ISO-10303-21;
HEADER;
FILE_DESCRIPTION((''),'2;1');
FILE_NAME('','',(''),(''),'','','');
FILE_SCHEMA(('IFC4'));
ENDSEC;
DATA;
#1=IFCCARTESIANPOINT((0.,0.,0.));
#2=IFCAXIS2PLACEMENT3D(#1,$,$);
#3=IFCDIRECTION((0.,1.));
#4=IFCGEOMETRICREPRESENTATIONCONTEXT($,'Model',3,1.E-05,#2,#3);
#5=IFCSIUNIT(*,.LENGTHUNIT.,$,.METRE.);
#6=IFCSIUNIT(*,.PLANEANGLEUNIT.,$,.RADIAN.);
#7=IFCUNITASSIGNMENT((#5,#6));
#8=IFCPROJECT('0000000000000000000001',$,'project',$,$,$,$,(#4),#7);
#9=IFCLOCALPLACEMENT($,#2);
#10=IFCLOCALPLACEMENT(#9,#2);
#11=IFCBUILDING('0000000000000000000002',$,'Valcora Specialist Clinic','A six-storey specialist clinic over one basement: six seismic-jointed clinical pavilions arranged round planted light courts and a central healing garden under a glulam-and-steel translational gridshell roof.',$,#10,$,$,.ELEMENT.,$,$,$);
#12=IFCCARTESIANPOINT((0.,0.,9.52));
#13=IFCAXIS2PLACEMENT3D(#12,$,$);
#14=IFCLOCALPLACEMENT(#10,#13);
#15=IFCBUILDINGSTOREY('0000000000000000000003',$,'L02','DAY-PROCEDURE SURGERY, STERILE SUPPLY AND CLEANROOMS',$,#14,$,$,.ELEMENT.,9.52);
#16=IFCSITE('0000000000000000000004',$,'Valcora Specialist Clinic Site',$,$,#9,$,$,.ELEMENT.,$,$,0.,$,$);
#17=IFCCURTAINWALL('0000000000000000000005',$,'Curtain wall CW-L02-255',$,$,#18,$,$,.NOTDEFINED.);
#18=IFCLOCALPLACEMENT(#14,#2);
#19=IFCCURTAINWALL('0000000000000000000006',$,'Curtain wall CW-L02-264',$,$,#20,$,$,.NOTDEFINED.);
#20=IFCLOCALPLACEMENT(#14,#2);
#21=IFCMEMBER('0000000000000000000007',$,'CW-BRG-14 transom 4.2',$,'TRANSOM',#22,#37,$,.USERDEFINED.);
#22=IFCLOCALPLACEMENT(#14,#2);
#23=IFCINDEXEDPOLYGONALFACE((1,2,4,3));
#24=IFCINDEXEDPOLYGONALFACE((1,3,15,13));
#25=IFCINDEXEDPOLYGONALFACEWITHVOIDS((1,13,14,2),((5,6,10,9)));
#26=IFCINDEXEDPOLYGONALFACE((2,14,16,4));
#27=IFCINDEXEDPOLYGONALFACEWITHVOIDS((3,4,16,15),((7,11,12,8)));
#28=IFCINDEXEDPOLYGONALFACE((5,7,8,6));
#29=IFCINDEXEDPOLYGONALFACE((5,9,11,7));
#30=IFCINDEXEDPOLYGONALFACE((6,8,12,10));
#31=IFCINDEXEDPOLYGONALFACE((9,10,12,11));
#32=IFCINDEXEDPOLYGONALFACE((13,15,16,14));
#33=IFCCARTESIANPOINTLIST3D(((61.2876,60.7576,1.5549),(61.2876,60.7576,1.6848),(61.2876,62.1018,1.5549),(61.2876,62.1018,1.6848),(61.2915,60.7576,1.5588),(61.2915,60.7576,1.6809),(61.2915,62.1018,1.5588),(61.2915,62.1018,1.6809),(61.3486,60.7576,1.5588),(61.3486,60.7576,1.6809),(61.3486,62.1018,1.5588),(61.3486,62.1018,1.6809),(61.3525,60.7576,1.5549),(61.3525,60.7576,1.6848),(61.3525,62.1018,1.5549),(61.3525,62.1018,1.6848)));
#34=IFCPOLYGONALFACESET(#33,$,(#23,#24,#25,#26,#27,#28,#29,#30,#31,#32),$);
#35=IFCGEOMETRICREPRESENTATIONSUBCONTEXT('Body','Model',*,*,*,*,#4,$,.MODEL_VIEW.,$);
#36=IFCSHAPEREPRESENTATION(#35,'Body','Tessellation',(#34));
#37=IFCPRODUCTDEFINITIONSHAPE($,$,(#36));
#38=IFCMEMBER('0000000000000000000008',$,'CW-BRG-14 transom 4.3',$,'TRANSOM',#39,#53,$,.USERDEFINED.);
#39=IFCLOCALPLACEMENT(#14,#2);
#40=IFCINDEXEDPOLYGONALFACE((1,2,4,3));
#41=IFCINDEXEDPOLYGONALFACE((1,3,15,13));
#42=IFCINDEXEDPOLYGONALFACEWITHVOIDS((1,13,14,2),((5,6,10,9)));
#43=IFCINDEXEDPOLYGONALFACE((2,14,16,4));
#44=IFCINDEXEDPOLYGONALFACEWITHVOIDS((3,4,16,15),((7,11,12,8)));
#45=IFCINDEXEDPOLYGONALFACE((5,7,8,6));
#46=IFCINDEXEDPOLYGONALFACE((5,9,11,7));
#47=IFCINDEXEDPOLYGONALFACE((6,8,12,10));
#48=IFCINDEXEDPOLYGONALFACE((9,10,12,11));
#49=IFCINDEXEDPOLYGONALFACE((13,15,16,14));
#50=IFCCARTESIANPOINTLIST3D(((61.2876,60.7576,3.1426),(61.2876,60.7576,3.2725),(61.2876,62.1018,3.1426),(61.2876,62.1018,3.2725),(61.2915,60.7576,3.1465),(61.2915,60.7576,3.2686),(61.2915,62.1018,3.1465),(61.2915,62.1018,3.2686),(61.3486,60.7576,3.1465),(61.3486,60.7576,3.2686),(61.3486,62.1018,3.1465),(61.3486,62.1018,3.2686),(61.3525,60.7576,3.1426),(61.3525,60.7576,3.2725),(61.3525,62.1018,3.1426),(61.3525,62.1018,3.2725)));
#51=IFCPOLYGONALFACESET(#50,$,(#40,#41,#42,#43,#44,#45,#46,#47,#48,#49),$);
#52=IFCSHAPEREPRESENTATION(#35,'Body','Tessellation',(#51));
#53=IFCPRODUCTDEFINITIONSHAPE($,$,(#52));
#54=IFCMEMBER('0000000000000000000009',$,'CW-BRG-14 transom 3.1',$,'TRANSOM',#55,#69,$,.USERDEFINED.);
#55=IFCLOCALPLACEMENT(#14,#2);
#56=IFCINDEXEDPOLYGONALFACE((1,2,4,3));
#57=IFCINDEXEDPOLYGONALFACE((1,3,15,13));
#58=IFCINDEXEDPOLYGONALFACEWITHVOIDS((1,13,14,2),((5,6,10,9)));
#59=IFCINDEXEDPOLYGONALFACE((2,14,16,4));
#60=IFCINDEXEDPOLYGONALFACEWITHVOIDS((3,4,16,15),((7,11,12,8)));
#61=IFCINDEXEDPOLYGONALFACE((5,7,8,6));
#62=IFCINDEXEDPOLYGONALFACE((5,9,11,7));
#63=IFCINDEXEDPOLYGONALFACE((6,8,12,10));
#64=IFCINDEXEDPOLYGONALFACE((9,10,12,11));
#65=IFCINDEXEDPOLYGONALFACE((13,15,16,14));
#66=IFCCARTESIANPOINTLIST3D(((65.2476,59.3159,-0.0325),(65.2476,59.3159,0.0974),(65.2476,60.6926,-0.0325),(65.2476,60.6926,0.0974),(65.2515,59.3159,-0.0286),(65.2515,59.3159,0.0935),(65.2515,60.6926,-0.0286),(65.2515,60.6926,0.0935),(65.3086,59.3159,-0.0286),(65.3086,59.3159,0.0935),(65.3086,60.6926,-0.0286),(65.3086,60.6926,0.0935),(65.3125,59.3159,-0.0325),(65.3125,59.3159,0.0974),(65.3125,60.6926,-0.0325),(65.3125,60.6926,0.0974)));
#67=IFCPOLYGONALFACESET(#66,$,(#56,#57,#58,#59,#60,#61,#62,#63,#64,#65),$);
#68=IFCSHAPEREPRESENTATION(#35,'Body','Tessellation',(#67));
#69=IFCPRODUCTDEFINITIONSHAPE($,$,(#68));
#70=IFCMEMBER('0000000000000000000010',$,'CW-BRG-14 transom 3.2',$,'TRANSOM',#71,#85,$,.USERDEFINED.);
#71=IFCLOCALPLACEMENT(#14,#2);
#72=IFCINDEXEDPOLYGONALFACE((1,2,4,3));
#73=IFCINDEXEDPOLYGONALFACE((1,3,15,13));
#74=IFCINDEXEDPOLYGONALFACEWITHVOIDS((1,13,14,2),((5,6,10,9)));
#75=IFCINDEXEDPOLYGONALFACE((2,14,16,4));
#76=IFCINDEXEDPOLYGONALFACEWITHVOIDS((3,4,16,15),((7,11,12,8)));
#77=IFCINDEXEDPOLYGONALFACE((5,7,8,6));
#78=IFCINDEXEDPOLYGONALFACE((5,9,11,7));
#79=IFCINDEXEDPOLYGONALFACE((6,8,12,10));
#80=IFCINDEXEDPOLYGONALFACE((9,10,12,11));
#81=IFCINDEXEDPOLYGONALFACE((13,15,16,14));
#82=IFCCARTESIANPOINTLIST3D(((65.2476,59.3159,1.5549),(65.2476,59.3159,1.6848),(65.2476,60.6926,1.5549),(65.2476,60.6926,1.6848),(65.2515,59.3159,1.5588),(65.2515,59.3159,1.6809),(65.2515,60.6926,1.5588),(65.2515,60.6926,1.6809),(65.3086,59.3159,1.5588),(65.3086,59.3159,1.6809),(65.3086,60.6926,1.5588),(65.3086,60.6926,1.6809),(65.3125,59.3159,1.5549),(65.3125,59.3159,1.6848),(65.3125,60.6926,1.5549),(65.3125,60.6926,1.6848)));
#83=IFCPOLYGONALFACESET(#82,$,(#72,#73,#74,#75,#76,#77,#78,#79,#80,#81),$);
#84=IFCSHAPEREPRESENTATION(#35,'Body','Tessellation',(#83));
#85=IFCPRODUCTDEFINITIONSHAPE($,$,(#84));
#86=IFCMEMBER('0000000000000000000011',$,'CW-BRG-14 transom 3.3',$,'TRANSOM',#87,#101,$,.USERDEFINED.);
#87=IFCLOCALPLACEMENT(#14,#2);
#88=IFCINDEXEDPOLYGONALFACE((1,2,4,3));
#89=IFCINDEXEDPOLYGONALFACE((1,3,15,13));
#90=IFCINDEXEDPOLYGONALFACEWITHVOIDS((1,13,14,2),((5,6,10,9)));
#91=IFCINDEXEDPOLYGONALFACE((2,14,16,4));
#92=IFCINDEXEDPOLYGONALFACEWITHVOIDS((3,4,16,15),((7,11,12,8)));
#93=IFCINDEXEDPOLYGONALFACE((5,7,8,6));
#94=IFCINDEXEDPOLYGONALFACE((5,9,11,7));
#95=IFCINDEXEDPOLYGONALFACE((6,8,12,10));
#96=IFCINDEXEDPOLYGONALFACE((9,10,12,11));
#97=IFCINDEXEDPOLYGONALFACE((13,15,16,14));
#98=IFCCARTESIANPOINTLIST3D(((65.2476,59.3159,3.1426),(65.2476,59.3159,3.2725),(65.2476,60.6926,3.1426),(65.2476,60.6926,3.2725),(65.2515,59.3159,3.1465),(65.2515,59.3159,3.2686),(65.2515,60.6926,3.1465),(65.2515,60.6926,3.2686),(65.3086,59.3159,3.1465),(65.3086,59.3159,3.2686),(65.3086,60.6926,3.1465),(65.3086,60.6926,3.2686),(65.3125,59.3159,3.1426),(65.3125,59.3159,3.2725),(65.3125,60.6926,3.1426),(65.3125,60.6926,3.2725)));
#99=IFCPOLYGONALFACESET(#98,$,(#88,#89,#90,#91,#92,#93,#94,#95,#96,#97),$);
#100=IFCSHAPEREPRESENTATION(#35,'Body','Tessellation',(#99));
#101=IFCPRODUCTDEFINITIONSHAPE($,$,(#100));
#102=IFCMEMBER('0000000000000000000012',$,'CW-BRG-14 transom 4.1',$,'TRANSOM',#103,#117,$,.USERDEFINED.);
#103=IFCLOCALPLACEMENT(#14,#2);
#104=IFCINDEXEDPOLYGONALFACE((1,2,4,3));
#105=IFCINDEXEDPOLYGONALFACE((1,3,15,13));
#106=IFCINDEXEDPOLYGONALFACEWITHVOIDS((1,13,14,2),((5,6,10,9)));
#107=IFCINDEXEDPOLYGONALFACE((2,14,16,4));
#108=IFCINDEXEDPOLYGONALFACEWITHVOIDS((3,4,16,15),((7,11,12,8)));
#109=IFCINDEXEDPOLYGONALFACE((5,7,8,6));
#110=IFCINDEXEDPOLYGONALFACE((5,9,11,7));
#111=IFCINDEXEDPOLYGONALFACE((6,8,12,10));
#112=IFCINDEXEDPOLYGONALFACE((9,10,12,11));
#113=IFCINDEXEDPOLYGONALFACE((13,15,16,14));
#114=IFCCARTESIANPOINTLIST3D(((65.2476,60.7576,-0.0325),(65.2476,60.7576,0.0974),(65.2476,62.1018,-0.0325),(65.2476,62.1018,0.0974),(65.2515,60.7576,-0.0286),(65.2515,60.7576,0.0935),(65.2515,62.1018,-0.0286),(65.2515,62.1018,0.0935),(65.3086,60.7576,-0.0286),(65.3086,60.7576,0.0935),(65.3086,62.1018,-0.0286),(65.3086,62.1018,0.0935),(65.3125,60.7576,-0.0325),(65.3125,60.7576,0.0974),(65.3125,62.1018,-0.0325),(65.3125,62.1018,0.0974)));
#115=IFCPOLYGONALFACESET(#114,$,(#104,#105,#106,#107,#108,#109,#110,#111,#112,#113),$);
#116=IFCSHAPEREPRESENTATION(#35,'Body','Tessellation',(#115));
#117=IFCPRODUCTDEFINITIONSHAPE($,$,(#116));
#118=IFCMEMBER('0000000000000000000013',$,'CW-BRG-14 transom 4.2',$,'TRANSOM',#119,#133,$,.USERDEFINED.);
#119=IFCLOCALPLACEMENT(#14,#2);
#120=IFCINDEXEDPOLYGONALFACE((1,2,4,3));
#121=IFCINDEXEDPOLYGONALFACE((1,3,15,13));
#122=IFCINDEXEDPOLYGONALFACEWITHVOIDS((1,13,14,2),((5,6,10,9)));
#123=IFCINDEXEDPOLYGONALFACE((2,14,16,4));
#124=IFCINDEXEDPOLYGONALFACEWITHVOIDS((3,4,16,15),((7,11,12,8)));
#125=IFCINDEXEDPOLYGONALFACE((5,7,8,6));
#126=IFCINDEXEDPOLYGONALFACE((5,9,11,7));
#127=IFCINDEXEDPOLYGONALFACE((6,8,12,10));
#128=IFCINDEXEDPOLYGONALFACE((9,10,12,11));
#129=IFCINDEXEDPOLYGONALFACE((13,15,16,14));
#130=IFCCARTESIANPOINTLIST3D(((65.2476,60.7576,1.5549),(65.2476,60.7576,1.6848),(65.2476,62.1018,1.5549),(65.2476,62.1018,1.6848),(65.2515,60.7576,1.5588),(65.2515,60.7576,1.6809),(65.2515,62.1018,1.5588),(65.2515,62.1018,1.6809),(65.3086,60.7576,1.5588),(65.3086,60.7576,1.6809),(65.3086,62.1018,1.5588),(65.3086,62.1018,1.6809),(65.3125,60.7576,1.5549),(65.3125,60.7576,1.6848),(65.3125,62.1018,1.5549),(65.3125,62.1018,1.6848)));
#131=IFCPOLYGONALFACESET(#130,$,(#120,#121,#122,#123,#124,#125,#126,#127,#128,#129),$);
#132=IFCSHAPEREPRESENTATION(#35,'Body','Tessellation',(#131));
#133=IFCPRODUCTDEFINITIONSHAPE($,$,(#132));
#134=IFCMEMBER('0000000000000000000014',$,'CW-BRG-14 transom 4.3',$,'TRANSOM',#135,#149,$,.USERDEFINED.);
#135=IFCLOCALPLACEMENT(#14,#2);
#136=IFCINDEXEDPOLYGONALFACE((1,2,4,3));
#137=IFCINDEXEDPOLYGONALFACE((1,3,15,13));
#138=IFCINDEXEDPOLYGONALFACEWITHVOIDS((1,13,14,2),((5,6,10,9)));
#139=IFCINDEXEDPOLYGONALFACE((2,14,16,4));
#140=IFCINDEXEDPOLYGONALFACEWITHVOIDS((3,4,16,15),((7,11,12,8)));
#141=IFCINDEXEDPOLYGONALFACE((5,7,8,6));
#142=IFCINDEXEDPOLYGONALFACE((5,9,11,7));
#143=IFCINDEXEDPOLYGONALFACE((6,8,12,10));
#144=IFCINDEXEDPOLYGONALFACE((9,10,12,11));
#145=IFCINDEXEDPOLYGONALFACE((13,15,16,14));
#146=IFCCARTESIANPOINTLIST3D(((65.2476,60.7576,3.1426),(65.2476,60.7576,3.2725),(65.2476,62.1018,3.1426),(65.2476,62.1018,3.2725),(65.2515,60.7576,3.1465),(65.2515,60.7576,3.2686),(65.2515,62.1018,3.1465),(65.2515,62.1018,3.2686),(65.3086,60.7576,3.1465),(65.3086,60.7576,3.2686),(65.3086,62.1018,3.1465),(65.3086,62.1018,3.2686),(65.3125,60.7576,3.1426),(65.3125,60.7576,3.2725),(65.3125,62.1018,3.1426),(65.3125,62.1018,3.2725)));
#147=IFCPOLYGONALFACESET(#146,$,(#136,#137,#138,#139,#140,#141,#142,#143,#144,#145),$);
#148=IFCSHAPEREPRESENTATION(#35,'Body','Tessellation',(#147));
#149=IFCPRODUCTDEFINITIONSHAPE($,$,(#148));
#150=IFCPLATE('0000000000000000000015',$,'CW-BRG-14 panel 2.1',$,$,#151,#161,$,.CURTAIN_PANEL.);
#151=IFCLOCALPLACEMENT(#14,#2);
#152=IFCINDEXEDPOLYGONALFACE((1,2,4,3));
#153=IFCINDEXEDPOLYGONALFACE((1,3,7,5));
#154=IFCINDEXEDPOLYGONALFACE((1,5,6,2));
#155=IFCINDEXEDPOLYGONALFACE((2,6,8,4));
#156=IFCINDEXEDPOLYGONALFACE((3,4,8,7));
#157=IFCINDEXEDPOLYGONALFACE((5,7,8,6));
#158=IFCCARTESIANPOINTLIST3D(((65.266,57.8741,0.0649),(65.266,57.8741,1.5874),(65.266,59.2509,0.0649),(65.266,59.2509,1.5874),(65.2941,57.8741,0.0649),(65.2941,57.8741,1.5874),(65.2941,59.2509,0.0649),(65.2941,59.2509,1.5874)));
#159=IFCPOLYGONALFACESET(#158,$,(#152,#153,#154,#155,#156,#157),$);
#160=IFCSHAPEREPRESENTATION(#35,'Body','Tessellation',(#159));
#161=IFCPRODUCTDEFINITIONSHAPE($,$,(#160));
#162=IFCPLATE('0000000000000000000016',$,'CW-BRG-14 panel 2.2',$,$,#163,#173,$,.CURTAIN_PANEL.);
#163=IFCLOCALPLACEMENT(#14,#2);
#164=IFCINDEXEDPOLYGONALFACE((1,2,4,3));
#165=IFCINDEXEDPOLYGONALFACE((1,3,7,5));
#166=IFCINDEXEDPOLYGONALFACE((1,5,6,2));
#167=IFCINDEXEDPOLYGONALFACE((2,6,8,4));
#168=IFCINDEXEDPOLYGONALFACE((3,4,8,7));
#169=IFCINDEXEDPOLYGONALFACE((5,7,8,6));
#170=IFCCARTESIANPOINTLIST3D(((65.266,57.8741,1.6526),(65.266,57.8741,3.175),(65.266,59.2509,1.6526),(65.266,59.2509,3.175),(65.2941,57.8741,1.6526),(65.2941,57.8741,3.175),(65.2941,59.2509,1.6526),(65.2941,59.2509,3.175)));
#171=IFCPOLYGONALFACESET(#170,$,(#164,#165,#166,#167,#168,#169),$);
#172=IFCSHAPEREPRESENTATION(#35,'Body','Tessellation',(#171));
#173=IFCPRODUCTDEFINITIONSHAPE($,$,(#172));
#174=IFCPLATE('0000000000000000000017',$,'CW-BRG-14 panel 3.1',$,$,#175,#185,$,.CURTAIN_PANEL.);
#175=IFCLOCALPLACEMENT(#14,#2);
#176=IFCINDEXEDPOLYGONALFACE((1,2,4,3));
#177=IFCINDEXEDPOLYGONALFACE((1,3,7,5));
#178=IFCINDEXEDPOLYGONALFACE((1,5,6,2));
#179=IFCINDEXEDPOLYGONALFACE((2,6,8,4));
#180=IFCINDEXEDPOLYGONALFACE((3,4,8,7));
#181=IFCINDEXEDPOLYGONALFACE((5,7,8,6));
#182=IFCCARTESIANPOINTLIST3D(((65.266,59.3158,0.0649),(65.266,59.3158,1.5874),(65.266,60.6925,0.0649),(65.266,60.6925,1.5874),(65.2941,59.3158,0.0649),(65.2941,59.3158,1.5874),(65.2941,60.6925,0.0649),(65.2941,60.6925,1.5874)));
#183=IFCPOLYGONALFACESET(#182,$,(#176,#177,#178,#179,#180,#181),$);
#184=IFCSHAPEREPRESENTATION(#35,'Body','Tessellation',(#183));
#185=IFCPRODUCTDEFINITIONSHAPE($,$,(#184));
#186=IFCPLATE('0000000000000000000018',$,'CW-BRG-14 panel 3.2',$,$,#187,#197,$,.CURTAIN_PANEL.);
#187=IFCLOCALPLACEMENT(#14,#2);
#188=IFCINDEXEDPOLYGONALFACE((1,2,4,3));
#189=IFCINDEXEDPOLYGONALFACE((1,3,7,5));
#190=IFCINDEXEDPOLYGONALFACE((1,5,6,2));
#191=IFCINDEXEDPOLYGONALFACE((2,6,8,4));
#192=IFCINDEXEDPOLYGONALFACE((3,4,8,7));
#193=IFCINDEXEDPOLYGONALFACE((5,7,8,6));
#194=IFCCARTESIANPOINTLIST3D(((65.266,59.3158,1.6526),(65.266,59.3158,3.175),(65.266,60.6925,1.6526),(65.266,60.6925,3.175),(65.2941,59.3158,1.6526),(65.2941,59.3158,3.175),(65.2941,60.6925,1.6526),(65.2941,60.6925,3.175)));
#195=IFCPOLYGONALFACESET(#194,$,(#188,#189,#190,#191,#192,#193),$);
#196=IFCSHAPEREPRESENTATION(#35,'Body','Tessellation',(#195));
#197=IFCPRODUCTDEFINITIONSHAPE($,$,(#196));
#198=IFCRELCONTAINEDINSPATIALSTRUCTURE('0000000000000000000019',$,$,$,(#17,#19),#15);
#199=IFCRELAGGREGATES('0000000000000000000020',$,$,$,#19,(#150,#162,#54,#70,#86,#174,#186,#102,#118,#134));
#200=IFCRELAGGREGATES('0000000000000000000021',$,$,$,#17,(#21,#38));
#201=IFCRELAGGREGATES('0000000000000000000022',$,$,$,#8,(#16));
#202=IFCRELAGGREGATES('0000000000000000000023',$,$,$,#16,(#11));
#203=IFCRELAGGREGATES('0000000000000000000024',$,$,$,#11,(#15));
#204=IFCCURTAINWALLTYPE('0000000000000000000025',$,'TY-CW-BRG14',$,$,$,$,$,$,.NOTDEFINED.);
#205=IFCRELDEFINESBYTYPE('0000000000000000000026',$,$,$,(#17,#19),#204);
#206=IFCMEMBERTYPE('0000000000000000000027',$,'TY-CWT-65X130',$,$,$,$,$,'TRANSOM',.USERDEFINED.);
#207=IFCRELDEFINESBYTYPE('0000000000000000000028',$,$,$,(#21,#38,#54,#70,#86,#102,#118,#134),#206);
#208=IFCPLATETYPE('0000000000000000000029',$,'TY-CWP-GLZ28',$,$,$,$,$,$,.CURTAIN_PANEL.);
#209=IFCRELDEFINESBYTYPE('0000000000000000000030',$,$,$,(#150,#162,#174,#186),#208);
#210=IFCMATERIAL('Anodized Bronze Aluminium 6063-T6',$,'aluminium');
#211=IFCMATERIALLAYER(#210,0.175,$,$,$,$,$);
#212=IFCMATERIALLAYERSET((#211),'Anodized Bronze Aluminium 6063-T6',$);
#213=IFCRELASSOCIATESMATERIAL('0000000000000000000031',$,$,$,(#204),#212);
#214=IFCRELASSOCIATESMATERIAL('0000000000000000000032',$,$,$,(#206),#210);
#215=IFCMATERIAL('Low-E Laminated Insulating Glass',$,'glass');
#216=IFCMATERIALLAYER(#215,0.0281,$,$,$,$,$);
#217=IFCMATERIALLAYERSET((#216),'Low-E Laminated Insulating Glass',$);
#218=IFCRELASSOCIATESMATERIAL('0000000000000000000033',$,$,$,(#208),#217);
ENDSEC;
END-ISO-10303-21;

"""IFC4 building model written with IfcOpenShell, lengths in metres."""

from ifc_helpers import new_model, si_unit, direction, frame, origin, origin_2d, place, context, subcontext, project, spatial, rectangle, hollow_rectangle, extrude, material, layer, layer_set, material_profile, profile_set, type_object, element, aggregate, save


model = new_model("IFC4")

# Units and contexts
model_context = context("Model", 3, precision=1e-05, world=origin(), true_north=direction((0.0, 1.0)))
body_context = subcontext(model_context, "Body", "Model", "MODEL_VIEW")
ifc_project = project(units=[si_unit("LENGTHUNIT", "METRE"), si_unit("PLANEANGLEUNIT", "RADIAN")], contexts=[model_context])

# Site, building, storey
site_placement = place(None, origin())
site = spatial("IfcSite", under=ifc_project, at=site_placement, Name="Valcora Specialist Clinic Site", CompositionType="ELEMENT", RefElevation=0.0)
building_placement = place(site_placement, origin())
building = spatial("IfcBuilding", under=site, at=building_placement, Name="Valcora Specialist Clinic", Description="A six-storey specialist clinic over one basement: six seismic-jointed clinical pavilions arranged round planted light courts and a central healing garden under a glulam-and-steel translational gridshell roof.", CompositionType="ELEMENT")
storey_placement = place(building_placement, frame((0.0, 0.0, 9.52)))
storey = spatial("IfcBuildingStorey", under=building, at=storey_placement, Name="L02", Description="DAY-PROCEDURE SURGERY, STERILE SUPPLY AND CLEANROOMS", CompositionType="ELEMENT", Elevation=9.52)

# Curtain wall
ifc_material_1 = material(Name="Anodized Bronze Aluminium 6063-T6", Category="aluminium")
ifc_layer_1 = layer(ifc_material_1, 0.175)
ifc_layer_set_1 = layer_set([ifc_layer_1], Name="Anodized Bronze Aluminium 6063-T6")
curtain_wall_type = type_object("IfcCurtainWallType", Name="TY-CW-BRG14", PredefinedType="NOTDEFINED", material=ifc_layer_set_1)
curtain_wall_1_placement = place(storey_placement, origin())
curtain_wall_1 = element("IfcCurtainWall", 1, at=curtain_wall_1_placement, inside=storey, type_object=curtain_wall_type, Name="Curtain wall CW-L02-255", PredefinedType="NOTDEFINED")

# Curtain wall
curtain_wall_2_placement = place(storey_placement, origin())
curtain_wall_2 = element("IfcCurtainWall", 2, at=curtain_wall_2_placement, inside=storey, type_object=curtain_wall_type, Name="Curtain wall CW-L02-264", PredefinedType="NOTDEFINED")

# Members
ifc_material_profile_1 = material_profile(ifc_material_1, hollow_rectangle(XDim=0.0649, YDim=0.1299, WallThickness=0.0039, at=origin_2d()), Name="AL-TRN-65X130")
ifc_profile_set_1 = profile_set([ifc_material_profile_1], Name="Anodized Bronze Aluminium 6063-T6")
member_type_1 = type_object("IfcMemberType", Name="TY-CWT-65X130", ElementType="TRANSOM", PredefinedType="USERDEFINED", material=ifc_profile_set_1)
member_1_placement = place(storey_placement, frame((61.3201, 60.7576, 1.6199), z_axis=(0.0, 1.0, 0.0), x_axis=(-1.0, 0.0, 0.0)))
member_1 = element("IfcMember", 3, at=member_1_placement, type_object=member_type_1, Name="CW-BRG-14 transom 4.2", ObjectType="TRANSOM", PredefinedType="USERDEFINED", context=body_context, shape_type="SweptSolid", body=[
    extrude(hollow_rectangle(XDim=0.0649, YDim=0.1299, WallThickness=0.0039, at=origin_2d()), origin(), (0.0, 0.0, 1.0), 1.3442),
])
member_2_placement = place(storey_placement, frame((61.3201, 60.7576, 3.2075), z_axis=(0.0, 1.0, 0.0), x_axis=(-1.0, 0.0, 0.0)))
member_2 = element("IfcMember", 4, at=member_2_placement, type_object=member_type_1, Name="CW-BRG-14 transom 4.3", ObjectType="TRANSOM", PredefinedType="USERDEFINED", context=body_context, shape_type="SweptSolid", body=[
    extrude(hollow_rectangle(XDim=0.0649, YDim=0.1299, WallThickness=0.0039, at=origin_2d()), origin(), (0.0, 0.0, 1.0), 1.3442),
])
member_3_placement = place(storey_placement, frame((65.28, 59.3159, 0.0325), z_axis=(0.0, 1.0, 0.0), x_axis=(-1.0, 0.0, 0.0)))
member_3 = element("IfcMember", 5, at=member_3_placement, type_object=member_type_1, Name="CW-BRG-14 transom 3.1", ObjectType="TRANSOM", PredefinedType="USERDEFINED", context=body_context, shape_type="SweptSolid", body=[
    extrude(hollow_rectangle(XDim=0.0649, YDim=0.1299, WallThickness=0.0039, at=origin_2d()), origin(), (0.0, 0.0, 1.0), 1.3767),
])
member_4_placement = place(storey_placement, frame((65.28, 59.3159, 1.6199), z_axis=(0.0, 1.0, 0.0), x_axis=(-1.0, 0.0, 0.0)))
member_4 = element("IfcMember", 6, at=member_4_placement, type_object=member_type_1, Name="CW-BRG-14 transom 3.2", ObjectType="TRANSOM", PredefinedType="USERDEFINED", context=body_context, shape_type="SweptSolid", body=[
    extrude(hollow_rectangle(XDim=0.0649, YDim=0.1299, WallThickness=0.0039, at=origin_2d()), origin(), (0.0, 0.0, 1.0), 1.3767),
])
member_5_placement = place(storey_placement, frame((65.28, 59.3159, 3.2075), z_axis=(0.0, 1.0, 0.0), x_axis=(-1.0, 0.0, 0.0)))
member_5 = element("IfcMember", 7, at=member_5_placement, type_object=member_type_1, Name="CW-BRG-14 transom 3.3", ObjectType="TRANSOM", PredefinedType="USERDEFINED", context=body_context, shape_type="SweptSolid", body=[
    extrude(hollow_rectangle(XDim=0.0649, YDim=0.1299, WallThickness=0.0039, at=origin_2d()), origin(), (0.0, 0.0, 1.0), 1.3767),
])
member_6_placement = place(storey_placement, frame((65.28, 60.7576, 0.0325), z_axis=(0.0, 1.0, 0.0), x_axis=(-1.0, 0.0, 0.0)))
member_6 = element("IfcMember", 8, at=member_6_placement, type_object=member_type_1, Name="CW-BRG-14 transom 4.1", ObjectType="TRANSOM", PredefinedType="USERDEFINED", context=body_context, shape_type="SweptSolid", body=[
    extrude(hollow_rectangle(XDim=0.0649, YDim=0.1299, WallThickness=0.0039, at=origin_2d()), origin(), (0.0, 0.0, 1.0), 1.3442),
])
member_7_placement = place(storey_placement, frame((65.28, 60.7576, 1.6199), z_axis=(0.0, 1.0, 0.0), x_axis=(-1.0, 0.0, 0.0)))
member_7 = element("IfcMember", 9, at=member_7_placement, type_object=member_type_1, Name="CW-BRG-14 transom 4.2", ObjectType="TRANSOM", PredefinedType="USERDEFINED", context=body_context, shape_type="SweptSolid", body=[
    extrude(hollow_rectangle(XDim=0.0649, YDim=0.1299, WallThickness=0.0039, at=origin_2d()), origin(), (0.0, 0.0, 1.0), 1.3442),
])
member_8_placement = place(storey_placement, frame((65.28, 60.7576, 3.2075), z_axis=(0.0, 1.0, 0.0), x_axis=(-1.0, 0.0, 0.0)))
member_8 = element("IfcMember", 10, at=member_8_placement, type_object=member_type_1, Name="CW-BRG-14 transom 4.3", ObjectType="TRANSOM", PredefinedType="USERDEFINED", context=body_context, shape_type="SweptSolid", body=[
    extrude(hollow_rectangle(XDim=0.0649, YDim=0.1299, WallThickness=0.0039, at=origin_2d()), origin(), (0.0, 0.0, 1.0), 1.3442),
])

# Plates
ifc_material_2 = material(Name="Low-E Laminated Insulating Glass", Category="glass")
ifc_layer_2 = layer(ifc_material_2, 0.0281)
ifc_layer_set_2 = layer_set([ifc_layer_2], Name="Low-E Laminated Insulating Glass")
plate_type_1 = type_object("IfcPlateType", Name="TY-CWP-GLZ28", PredefinedType="CURTAIN_PANEL", material=ifc_layer_set_2)
plate_1_placement = place(storey_placement, frame((65.28, 58.5625, 0.0649), z_axis=(0.0, 0.0, 1.0), x_axis=(0.0, 1.0, 0.0)))
plate_1 = element("IfcPlate", 11, at=plate_1_placement, type_object=plate_type_1, Name="CW-BRG-14 panel 2.1", PredefinedType="CURTAIN_PANEL", context=body_context, shape_type="SweptSolid", body=[
    extrude(rectangle(XDim=1.3767, YDim=0.0281, at=origin_2d()), origin(), (0.0, 0.0, 1.0), 1.5225),
])
plate_2_placement = place(storey_placement, frame((65.28, 58.5625, 1.6526), z_axis=(0.0, 0.0, 1.0), x_axis=(0.0, 1.0, 0.0)))
plate_2 = element("IfcPlate", 12, at=plate_2_placement, type_object=plate_type_1, Name="CW-BRG-14 panel 2.2", PredefinedType="CURTAIN_PANEL", context=body_context, shape_type="SweptSolid", body=[
    extrude(rectangle(XDim=1.3767, YDim=0.0281, at=origin_2d()), origin(), (0.0, 0.0, 1.0), 1.5225),
])
plate_3_placement = place(storey_placement, frame((65.28, 60.0042, 0.0649), z_axis=(0.0, 0.0, 1.0), x_axis=(0.0, 1.0, 0.0)))
plate_3 = element("IfcPlate", 13, at=plate_3_placement, type_object=plate_type_1, Name="CW-BRG-14 panel 3.1", PredefinedType="CURTAIN_PANEL", context=body_context, shape_type="SweptSolid", body=[
    extrude(rectangle(XDim=1.3767, YDim=0.0281, at=origin_2d()), origin(), (0.0, 0.0, 1.0), 1.5225),
])
plate_4_placement = place(storey_placement, frame((65.28, 60.0042, 1.6526), z_axis=(0.0, 0.0, 1.0), x_axis=(0.0, 1.0, 0.0)))
plate_4 = element("IfcPlate", 14, at=plate_4_placement, type_object=plate_type_1, Name="CW-BRG-14 panel 3.2", PredefinedType="CURTAIN_PANEL", context=body_context, shape_type="SweptSolid", body=[
    extrude(rectangle(XDim=1.3767, YDim=0.0281, at=origin_2d()), origin(), (0.0, 0.0, 1.0), 1.5225),
])
aggregate(curtain_wall_2, [plate_1, plate_2, member_3, member_4, member_5, plate_3, plate_4, member_6, member_7, member_8])
aggregate(curtain_wall_1, [member_1, member_2])

save(model, "model.ifc")
